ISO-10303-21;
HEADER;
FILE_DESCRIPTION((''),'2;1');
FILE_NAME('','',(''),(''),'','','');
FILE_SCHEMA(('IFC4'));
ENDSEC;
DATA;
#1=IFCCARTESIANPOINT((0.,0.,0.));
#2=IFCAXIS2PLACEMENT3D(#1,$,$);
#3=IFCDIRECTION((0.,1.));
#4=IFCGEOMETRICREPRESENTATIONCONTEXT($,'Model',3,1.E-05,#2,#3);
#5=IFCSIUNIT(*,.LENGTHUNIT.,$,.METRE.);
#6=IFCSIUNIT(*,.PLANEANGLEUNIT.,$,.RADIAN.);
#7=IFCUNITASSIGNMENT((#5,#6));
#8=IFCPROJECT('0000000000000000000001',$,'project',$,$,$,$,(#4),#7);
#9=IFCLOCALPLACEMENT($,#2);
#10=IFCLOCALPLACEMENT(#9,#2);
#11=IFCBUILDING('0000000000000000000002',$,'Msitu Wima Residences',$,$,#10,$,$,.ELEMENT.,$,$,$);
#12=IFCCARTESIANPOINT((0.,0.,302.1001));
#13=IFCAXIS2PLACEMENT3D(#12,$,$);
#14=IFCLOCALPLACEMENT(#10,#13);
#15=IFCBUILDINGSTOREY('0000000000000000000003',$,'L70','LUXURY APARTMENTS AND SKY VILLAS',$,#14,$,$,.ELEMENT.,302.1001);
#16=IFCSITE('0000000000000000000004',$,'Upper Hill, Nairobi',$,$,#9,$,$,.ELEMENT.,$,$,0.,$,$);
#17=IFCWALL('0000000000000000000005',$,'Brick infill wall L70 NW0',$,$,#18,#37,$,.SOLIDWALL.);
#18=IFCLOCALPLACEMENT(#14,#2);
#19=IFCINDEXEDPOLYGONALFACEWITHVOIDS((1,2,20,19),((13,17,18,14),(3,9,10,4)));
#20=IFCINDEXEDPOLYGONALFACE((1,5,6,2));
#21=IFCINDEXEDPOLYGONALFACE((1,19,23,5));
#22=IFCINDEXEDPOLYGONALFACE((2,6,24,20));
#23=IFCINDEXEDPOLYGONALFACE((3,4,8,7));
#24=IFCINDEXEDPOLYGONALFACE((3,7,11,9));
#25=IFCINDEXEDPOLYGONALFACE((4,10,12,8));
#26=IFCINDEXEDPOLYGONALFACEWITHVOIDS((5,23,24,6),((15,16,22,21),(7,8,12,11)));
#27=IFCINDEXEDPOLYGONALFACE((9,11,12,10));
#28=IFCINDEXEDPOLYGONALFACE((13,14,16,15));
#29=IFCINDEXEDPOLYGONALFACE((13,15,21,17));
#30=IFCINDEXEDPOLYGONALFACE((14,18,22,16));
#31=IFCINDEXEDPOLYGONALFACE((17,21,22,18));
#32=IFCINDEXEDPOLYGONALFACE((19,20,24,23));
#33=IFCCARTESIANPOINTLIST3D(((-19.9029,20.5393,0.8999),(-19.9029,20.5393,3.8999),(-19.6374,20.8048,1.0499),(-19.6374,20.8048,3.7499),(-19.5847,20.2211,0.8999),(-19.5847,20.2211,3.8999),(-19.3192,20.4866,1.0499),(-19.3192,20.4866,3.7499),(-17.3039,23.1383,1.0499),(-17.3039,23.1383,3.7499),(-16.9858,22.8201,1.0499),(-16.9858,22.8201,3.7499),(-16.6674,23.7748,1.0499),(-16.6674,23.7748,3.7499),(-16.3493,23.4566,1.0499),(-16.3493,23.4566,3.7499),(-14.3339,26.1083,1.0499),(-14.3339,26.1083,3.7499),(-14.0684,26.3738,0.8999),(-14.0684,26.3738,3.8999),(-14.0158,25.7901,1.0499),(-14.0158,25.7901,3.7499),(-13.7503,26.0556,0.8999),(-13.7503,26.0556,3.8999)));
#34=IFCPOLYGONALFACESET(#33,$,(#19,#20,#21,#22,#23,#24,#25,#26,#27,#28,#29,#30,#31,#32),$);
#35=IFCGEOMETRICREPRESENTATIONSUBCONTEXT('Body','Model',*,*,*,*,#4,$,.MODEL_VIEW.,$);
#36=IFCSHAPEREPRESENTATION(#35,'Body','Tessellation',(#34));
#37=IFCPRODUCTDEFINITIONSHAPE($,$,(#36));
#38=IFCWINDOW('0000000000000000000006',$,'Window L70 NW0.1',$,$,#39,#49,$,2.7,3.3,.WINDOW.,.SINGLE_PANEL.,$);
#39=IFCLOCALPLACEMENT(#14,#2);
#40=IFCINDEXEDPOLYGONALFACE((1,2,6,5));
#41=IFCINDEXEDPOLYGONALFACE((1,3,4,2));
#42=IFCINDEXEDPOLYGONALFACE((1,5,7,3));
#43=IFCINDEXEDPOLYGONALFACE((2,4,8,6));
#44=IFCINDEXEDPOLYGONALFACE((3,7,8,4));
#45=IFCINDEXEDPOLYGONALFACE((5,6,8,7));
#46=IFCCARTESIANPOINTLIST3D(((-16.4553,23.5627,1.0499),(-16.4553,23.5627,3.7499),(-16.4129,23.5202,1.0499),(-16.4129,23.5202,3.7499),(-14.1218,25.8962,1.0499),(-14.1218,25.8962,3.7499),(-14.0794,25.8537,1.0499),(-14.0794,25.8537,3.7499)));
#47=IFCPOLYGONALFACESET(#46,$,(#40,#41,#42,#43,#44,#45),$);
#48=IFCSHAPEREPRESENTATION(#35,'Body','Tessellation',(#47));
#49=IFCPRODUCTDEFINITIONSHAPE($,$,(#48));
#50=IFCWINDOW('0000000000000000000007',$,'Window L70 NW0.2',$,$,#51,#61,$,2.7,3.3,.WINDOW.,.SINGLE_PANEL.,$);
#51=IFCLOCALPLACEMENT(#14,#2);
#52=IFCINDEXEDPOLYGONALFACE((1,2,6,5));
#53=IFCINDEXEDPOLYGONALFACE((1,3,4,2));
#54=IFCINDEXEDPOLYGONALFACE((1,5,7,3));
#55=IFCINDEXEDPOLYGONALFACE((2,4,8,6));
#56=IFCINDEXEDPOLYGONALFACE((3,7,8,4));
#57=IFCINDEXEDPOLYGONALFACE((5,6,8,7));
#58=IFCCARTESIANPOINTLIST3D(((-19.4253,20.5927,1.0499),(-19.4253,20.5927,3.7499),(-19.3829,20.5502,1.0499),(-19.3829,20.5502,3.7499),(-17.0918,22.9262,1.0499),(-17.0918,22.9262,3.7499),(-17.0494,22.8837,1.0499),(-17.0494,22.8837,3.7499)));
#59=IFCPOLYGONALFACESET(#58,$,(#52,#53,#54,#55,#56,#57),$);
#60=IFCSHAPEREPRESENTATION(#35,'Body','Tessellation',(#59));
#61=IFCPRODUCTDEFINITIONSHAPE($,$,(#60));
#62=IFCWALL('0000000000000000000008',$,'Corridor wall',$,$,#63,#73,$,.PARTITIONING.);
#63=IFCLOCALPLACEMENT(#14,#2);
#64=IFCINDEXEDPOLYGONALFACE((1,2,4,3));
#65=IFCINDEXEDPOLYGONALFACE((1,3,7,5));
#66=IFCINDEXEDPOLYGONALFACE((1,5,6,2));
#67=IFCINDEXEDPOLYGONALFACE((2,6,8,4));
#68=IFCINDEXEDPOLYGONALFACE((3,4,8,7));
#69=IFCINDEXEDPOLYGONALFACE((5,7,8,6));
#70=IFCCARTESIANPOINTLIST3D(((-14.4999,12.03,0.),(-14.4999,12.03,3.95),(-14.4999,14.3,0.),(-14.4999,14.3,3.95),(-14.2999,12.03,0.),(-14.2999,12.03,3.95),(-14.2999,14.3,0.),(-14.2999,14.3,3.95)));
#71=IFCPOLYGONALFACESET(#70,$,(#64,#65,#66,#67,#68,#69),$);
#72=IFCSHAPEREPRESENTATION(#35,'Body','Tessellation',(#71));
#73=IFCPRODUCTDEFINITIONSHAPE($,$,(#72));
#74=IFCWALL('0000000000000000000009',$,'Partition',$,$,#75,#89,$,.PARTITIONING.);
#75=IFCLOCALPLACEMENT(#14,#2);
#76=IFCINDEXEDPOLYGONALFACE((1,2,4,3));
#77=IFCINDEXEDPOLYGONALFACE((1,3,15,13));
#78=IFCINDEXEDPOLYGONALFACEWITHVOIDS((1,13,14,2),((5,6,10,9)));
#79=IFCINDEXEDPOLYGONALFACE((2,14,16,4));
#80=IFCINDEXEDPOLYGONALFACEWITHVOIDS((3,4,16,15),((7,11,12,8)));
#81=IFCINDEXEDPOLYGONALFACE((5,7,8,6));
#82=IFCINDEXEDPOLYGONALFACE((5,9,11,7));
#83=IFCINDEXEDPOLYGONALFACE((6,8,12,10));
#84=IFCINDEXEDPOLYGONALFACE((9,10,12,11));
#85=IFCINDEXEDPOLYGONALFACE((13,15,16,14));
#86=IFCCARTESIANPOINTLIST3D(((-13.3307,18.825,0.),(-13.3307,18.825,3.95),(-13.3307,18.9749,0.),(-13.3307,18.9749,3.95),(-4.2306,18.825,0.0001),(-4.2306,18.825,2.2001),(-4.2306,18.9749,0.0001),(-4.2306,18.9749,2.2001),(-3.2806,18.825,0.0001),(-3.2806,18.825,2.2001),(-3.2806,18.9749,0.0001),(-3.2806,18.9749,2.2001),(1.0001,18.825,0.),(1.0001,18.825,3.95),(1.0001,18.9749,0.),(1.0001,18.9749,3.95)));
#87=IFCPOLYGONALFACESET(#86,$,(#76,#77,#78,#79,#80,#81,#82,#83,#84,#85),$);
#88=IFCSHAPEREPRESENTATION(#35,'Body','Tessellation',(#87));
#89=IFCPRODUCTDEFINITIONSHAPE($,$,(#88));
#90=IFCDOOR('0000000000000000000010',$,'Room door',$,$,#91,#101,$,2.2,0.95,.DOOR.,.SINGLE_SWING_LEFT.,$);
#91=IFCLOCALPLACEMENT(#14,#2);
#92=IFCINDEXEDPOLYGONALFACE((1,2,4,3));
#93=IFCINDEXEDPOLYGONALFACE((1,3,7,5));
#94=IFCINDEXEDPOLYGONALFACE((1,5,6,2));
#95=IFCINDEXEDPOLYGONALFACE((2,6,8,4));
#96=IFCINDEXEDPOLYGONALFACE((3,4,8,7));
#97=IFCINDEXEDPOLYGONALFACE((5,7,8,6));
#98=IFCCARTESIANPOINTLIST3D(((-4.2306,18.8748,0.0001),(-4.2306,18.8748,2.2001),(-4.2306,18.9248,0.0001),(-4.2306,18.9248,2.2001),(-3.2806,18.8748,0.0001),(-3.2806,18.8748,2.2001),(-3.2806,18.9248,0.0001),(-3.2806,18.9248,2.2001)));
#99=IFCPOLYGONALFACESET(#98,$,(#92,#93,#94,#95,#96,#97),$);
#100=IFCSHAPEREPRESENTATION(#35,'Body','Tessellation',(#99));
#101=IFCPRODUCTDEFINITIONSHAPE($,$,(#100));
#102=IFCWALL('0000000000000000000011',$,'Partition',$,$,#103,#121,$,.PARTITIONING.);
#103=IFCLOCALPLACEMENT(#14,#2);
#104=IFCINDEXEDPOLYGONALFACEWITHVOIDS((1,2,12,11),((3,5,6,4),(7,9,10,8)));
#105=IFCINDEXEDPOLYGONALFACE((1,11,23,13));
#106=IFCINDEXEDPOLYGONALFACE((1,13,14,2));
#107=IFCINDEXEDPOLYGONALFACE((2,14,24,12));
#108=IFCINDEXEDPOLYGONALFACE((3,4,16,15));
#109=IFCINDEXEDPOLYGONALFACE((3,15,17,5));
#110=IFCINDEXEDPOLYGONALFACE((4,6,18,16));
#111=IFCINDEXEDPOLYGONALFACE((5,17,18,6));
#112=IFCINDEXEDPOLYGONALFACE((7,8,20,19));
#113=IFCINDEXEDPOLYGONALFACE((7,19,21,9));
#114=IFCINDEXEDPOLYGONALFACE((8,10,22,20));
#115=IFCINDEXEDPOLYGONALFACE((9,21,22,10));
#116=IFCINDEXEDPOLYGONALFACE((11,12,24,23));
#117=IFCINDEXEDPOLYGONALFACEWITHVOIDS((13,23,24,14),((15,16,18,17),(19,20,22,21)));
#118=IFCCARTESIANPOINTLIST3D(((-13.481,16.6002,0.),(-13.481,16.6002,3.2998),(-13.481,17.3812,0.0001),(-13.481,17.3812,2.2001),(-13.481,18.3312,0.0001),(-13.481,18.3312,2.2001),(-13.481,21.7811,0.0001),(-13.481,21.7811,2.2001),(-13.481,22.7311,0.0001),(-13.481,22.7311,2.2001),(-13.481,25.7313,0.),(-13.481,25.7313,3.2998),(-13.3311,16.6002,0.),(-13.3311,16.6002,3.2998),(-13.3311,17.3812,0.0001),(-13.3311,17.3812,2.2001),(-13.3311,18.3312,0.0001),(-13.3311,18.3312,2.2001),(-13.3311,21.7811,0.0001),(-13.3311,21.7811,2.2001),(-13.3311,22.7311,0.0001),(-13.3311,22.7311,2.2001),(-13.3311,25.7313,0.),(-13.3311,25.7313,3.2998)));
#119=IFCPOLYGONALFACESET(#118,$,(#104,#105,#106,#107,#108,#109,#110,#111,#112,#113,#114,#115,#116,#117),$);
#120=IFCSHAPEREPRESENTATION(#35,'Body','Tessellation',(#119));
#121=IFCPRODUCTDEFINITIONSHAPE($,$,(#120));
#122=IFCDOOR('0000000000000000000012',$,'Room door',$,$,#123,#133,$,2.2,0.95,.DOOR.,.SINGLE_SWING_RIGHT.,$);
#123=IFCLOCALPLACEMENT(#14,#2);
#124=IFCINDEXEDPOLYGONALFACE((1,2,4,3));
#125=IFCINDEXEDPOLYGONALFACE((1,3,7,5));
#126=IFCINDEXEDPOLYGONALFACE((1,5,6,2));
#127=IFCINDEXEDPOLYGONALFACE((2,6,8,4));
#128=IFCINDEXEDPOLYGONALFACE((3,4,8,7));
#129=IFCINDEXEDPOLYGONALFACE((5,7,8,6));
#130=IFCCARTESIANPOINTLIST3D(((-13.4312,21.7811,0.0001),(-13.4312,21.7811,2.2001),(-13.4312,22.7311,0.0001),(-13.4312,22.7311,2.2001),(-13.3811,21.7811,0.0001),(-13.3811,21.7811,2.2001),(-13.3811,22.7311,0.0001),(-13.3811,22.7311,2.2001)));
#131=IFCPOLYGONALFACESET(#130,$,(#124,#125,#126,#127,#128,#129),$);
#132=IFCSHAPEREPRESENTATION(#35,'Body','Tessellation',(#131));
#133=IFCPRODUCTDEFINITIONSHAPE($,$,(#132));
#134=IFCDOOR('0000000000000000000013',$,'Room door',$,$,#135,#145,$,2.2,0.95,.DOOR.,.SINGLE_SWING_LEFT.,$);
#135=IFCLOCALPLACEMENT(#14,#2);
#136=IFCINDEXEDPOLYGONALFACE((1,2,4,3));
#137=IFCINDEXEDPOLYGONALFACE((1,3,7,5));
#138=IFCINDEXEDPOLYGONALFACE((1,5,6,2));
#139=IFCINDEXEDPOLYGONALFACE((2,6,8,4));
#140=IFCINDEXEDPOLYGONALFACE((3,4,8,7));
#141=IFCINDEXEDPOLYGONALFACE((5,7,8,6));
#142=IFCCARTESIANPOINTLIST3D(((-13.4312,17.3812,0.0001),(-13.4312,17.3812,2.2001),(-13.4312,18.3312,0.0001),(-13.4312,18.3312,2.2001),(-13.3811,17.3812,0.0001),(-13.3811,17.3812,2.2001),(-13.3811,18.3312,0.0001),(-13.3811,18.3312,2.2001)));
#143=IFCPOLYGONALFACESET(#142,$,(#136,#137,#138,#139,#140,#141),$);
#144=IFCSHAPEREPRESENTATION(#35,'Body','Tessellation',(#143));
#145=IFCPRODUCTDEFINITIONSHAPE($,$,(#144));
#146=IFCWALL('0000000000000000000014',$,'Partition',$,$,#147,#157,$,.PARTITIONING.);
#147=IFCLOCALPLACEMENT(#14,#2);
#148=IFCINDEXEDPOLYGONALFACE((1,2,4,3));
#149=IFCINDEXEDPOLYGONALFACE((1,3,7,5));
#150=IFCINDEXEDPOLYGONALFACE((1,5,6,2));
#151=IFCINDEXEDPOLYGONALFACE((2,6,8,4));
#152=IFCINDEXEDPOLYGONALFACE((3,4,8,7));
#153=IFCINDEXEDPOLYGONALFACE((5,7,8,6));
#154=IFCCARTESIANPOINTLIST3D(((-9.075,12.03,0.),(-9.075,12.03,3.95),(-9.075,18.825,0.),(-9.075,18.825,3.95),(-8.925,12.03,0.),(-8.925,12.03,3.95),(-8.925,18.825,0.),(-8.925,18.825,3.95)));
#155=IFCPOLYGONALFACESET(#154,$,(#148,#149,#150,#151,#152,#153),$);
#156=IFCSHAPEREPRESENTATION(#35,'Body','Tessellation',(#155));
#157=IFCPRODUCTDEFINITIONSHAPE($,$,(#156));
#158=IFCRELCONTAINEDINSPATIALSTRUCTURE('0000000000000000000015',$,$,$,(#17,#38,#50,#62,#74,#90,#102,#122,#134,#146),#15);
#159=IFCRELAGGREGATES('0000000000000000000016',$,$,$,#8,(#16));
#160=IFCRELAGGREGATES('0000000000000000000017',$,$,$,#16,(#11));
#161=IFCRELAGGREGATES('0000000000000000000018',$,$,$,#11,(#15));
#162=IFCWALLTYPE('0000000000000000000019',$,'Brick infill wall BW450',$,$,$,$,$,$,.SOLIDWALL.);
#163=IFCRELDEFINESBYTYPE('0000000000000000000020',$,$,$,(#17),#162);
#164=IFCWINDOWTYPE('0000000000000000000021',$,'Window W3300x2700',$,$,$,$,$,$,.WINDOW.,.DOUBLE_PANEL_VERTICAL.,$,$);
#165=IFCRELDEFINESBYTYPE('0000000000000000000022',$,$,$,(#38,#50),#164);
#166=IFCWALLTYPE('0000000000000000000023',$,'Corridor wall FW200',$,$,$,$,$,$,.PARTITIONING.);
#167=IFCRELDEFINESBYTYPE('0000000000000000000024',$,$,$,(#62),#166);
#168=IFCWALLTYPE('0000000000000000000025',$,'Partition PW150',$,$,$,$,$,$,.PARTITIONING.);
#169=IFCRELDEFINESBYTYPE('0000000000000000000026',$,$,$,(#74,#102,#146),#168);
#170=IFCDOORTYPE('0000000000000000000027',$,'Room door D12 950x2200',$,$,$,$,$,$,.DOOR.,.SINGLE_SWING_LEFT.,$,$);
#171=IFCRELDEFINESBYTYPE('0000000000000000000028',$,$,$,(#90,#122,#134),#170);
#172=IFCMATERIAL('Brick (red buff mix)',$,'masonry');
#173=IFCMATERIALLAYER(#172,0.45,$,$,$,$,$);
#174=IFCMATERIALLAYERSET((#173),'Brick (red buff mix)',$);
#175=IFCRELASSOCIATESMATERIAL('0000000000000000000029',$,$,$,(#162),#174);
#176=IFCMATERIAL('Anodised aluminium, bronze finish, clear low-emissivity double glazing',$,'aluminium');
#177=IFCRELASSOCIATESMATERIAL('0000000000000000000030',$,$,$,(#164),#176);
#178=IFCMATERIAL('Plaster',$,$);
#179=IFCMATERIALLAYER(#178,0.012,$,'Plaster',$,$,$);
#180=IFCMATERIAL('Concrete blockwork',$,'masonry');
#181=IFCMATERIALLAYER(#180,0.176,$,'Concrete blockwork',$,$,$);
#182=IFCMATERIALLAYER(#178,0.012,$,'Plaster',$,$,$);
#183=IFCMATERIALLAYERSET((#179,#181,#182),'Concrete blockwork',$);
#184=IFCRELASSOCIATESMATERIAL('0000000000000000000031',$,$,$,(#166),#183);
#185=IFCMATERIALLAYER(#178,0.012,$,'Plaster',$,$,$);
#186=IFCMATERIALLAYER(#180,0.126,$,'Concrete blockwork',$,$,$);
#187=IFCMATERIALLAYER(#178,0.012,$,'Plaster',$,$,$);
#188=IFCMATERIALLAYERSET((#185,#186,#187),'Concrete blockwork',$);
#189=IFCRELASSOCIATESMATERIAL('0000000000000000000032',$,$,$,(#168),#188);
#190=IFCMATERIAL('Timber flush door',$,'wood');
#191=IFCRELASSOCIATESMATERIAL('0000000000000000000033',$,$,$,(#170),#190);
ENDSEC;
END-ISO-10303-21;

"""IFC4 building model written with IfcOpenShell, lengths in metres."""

from ifc_helpers import new_model, si_unit, direction, frame, frame_2d, origin, place, context, subcontext, project, spatial, rectangle, extrude, material, layer, layer_set, type_object, element, fill, save


model = new_model("IFC4")

# Units and contexts
model_context = context("Model", 3, precision=1e-05, world=origin(), true_north=direction((0.0, 1.0)))
body_context = subcontext(model_context, "Body", "Model", "MODEL_VIEW")
ifc_project = project(units=[si_unit("LENGTHUNIT", "METRE"), si_unit("PLANEANGLEUNIT", "RADIAN")], contexts=[model_context])

# Site, building, storey
site_placement = place(None, origin())
site = spatial("IfcSite", under=ifc_project, at=site_placement, Name="Upper Hill, Nairobi", CompositionType="ELEMENT", RefElevation=0.0)
building_placement = place(site_placement, origin())
building = spatial("IfcBuilding", under=site, at=building_placement, Name="Msitu Wima Residences", CompositionType="ELEMENT")
storey_placement = place(building_placement, frame((0.0, 0.0, 302.1001)))
storey = spatial("IfcBuildingStorey", under=building, at=storey_placement, Name="L70", Description="LUXURY APARTMENTS AND SKY VILLAS", CompositionType="ELEMENT", Elevation=302.1001)

# Wall, openings, windows
ifc_material_1 = material(Name="Brick (red buff mix)", Category="masonry")
ifc_layer_1 = layer(ifc_material_1, 0.45)
ifc_layer_set_1 = layer_set([ifc_layer_1], Name="Brick (red buff mix)")
wall_type_1 = type_object("IfcWallType", Name="Brick infill wall BW450", PredefinedType="SOLIDWALL", material=ifc_layer_set_1)
ifc_material_2 = material(Name="Anodised aluminium, bronze finish, clear low-emissivity double glazing", Category="aluminium")
window_type = type_object("IfcWindowType", Name="Window W3300x2700", PartitioningType="DOUBLE_PANEL_VERTICAL", PredefinedType="WINDOW", material=ifc_material_2)
wall_1_placement = place(storey_placement, frame((-13.9094, 26.2146, 0.8999), z_axis=(0.0, 0.0, 1.0), x_axis=(-0.707107, -0.707107, 0.0)))
wall_1 = element("IfcWall", 1, at=wall_1_placement, inside=storey, type_object=wall_type_1, Name="Brick infill wall L70 NW0", PredefinedType="SOLIDWALL", context=body_context, shape_type="SweptSolid", body=[
    extrude(rectangle(XDim=8.2512, YDim=0.45, at=frame_2d((4.1255, 0.0))), origin(), (0.0, 0.0, 1.0), 3.0),
])
opening_1_placement = place(wall_1_placement, frame((0.3755, 0.0, 0.1499)))
opening_1 = element("IfcOpeningElement", 2, at=opening_1_placement, cuts=wall_1, PredefinedType="OPENING", context=body_context, shape_type="SweptSolid", body=[
    extrude(rectangle(XDim=3.3, YDim=2.7, at=frame_2d((1.6499, 1.3501))), frame((0.0, 0.2349, 0.0), z_axis=(0.0, -1.0, 0.0), x_axis=(1.0, 0.0, 0.0)), (0.0, 0.0, 1.0), 0.47),
])
opening_2_placement = place(wall_1_placement, frame((4.5757, 0.0, 0.1499)))
opening_2 = element("IfcOpeningElement", 3, at=opening_2_placement, cuts=wall_1, PredefinedType="OPENING", context=body_context, shape_type="SweptSolid", body=[
    extrude(rectangle(XDim=3.3, YDim=2.7, at=frame_2d((1.6499, 1.3501))), frame((0.0, 0.2349, 0.0), z_axis=(0.0, -1.0, 0.0), x_axis=(1.0, 0.0, 0.0)), (0.0, 0.0, 1.0), 0.47),
])
window_1_placement = place(opening_1_placement, origin())
window_1 = element("IfcWindow", 4, at=window_1_placement, inside=storey, type_object=window_type, Name="Window L70 NW0.1", OverallHeight=2.7, OverallWidth=3.3, PartitioningType="SINGLE_PANEL", PredefinedType="WINDOW", context=body_context, shape_type="SweptSolid", body=[
    extrude(rectangle(XDim=3.3, YDim=2.7, at=frame_2d((1.6499, 1.3501))), frame((0.0, 0.135, 0.0), z_axis=(0.0, -1.0, 0.0), x_axis=(1.0, 0.0, 0.0)), (0.0, 0.0, 1.0), 0.0601),
])
fill(opening_1, window_1)
window_2_placement = place(opening_2_placement, origin())
window_2 = element("IfcWindow", 5, at=window_2_placement, inside=storey, type_object=window_type, Name="Window L70 NW0.2", OverallHeight=2.7, OverallWidth=3.3, PartitioningType="SINGLE_PANEL", PredefinedType="WINDOW", context=body_context, shape_type="SweptSolid", body=[
    extrude(rectangle(XDim=3.3, YDim=2.7, at=frame_2d((1.6499, 1.3501))), frame((0.0, 0.135, 0.0), z_axis=(0.0, -1.0, 0.0), x_axis=(1.0, 0.0, 0.0)), (0.0, 0.0, 1.0), 0.0601),
])
fill(opening_2, window_2)

# Wall
ifc_material_3 = material(Name="Plaster")
ifc_layer_2 = layer(ifc_material_3, 0.012, Name="Plaster")
ifc_material_4 = material(Name="Concrete blockwork", Category="masonry")
ifc_layer_3 = layer(ifc_material_4, 0.176, Name="Concrete blockwork")
ifc_layer_4 = layer(ifc_material_3, 0.012, Name="Plaster")
ifc_layer_set_2 = layer_set([ifc_layer_2, ifc_layer_3, ifc_layer_4], Name="Concrete blockwork")
wall_type_2 = type_object("IfcWallType", Name="Corridor wall FW200", PredefinedType="PARTITIONING", material=ifc_layer_set_2)
wall_2_placement = place(storey_placement, frame((-14.3999, 12.03, 0.0), z_axis=(0.0, 0.0, 1.0), x_axis=(0.0, 1.0, 0.0)))
element("IfcWall", 6, at=wall_2_placement, inside=storey, type_object=wall_type_2, Name="Corridor wall", PredefinedType="PARTITIONING", context=body_context, shape_type="SweptSolid", body=[
    extrude(rectangle(XDim=2.27, YDim=0.2, at=frame_2d((1.135, 0.0))), origin(), (0.0, 0.0, 1.0), 3.95),
])

# Wall, opening, door
ifc_layer_5 = layer(ifc_material_3, 0.012, Name="Plaster")
ifc_layer_6 = layer(ifc_material_4, 0.126, Name="Concrete blockwork")
ifc_layer_7 = layer(ifc_material_3, 0.012, Name="Plaster")
ifc_layer_set_3 = layer_set([ifc_layer_5, ifc_layer_6, ifc_layer_7], Name="Concrete blockwork")
wall_type_3 = type_object("IfcWallType", Name="Partition PW150", PredefinedType="PARTITIONING", material=ifc_layer_set_3)
wall_3_placement = place(storey_placement, frame((-13.3308, 18.8999, 0.0), z_axis=(0.0, 0.0, 1.0), x_axis=(1.0, 0.0, 0.0)))
wall_3 = element("IfcWall", 7, at=wall_3_placement, inside=storey, type_object=wall_type_3, Name="Partition", PredefinedType="PARTITIONING", context=body_context, shape_type="SweptSolid", body=[
    extrude(rectangle(XDim=14.3308, YDim=0.1499, at=frame_2d((7.1655, 0.0))), origin(), (0.0, 0.0, 1.0), 3.95),
])
opening_3_placement = place(wall_3_placement, frame((9.1001, 0.0, 0.0)))
opening_3 = element("IfcOpeningElement", 8, at=opening_3_placement, cuts=wall_3, PredefinedType="OPENING", context=body_context, shape_type="SweptSolid", body=[
    extrude(rectangle(XDim=0.95, YDim=2.2, at=frame_2d((0.4751, 1.1001))), frame((0.0, 0.085, 0.0), z_axis=(0.0, -1.0, 0.0), x_axis=(1.0, 0.0, 0.0)), (0.0, 0.0, 1.0), 0.1699),
])
ifc_material_5 = material(Name="Timber flush door", Category="wood")
door_type_1 = type_object("IfcDoorType", Name="Room door D12 950x2200", OperationType="SINGLE_SWING_LEFT", PredefinedType="DOOR", material=ifc_material_5)
door_1_placement = place(opening_3_placement, origin())
door_1 = element("IfcDoor", 9, at=door_1_placement, inside=storey, type_object=door_type_1, Name="Room door", OperationType="SINGLE_SWING_LEFT", OverallHeight=2.2, OverallWidth=0.95, PredefinedType="DOOR", context=body_context, shape_type="SweptSolid", body=[
    extrude(rectangle(XDim=0.95, YDim=2.2, at=frame_2d((0.4751, 1.1001))), frame((0.0, 0.0249, 0.0), z_axis=(0.0, -1.0, 0.0), x_axis=(1.0, 0.0, 0.0)), (0.0, 0.0, 1.0), 0.05),
])
fill(opening_3, door_1)

# Wall, openings, doors
wall_4_placement = place(storey_placement, frame((-13.406, 25.7312, 0.0), z_axis=(0.0, 0.0, 1.0), x_axis=(0.0, -1.0, 0.0)))
wall_4 = element("IfcWall", 10, at=wall_4_placement, inside=storey, type_object=wall_type_3, Name="Partition", PredefinedType="PARTITIONING", context=body_context, shape_type="SweptSolid", body=[
    extrude(rectangle(XDim=9.1311, YDim=0.1499, at=frame_2d((4.5654, 0.0))), origin(), (0.0, 0.0, 1.0), 3.2998),
])
opening_4_placement = place(wall_4_placement, frame((3.0, 0.0, 0.0)))
opening_4 = element("IfcOpeningElement", 11, at=opening_4_placement, cuts=wall_4, PredefinedType="OPENING", context=body_context, shape_type="SweptSolid", body=[
    extrude(rectangle(XDim=0.95, YDim=2.2, at=frame_2d((0.4751, 1.1001))), frame((0.0, 0.085, 0.0), z_axis=(0.0, -1.0, 0.0), x_axis=(1.0, 0.0, 0.0)), (0.0, 0.0, 1.0), 0.1699),
])
opening_5_placement = place(wall_4_placement, frame((7.3999, 0.0, 0.0)))
opening_5 = element("IfcOpeningElement", 12, at=opening_5_placement, cuts=wall_4, PredefinedType="OPENING", context=body_context, shape_type="SweptSolid", body=[
    extrude(rectangle(XDim=0.95, YDim=2.2, at=frame_2d((0.4751, 1.1001))), frame((0.0, 0.085, 0.0), z_axis=(0.0, -1.0, 0.0), x_axis=(1.0, 0.0, 0.0)), (0.0, 0.0, 1.0), 0.1699),
])
door_2_placement = place(opening_4_placement, origin())
door_2 = element("IfcDoor", 13, at=door_2_placement, inside=storey, type_object=door_type_1, Name="Room door", OperationType="SINGLE_SWING_RIGHT", OverallHeight=2.2, OverallWidth=0.95, PredefinedType="DOOR", context=body_context, shape_type="SweptSolid", body=[
    extrude(rectangle(XDim=0.95, YDim=2.2, at=frame_2d((0.4751, 1.1001))), frame((0.0, 0.0249, 0.0), z_axis=(0.0, -1.0, 0.0), x_axis=(1.0, 0.0, 0.0)), (0.0, 0.0, 1.0), 0.05),
])
fill(opening_4, door_2)
door_3_placement = place(opening_5_placement, origin())
door_3 = element("IfcDoor", 14, at=door_3_placement, inside=storey, type_object=door_type_1, Name="Room door", OperationType="SINGLE_SWING_LEFT", OverallHeight=2.2, OverallWidth=0.95, PredefinedType="DOOR", context=body_context, shape_type="SweptSolid", body=[
    extrude(rectangle(XDim=0.95, YDim=2.2, at=frame_2d((0.4751, 1.1001))), frame((0.0, 0.0249, 0.0), z_axis=(0.0, -1.0, 0.0), x_axis=(1.0, 0.0, 0.0)), (0.0, 0.0, 1.0), 0.05),
])
fill(opening_5, door_3)

# Wall
wall_5_placement = place(storey_placement, frame((-9.0, 12.03, 0.0), z_axis=(0.0, 0.0, 1.0), x_axis=(0.0, 1.0, 0.0)))
element("IfcWall", 15, at=wall_5_placement, inside=storey, type_object=wall_type_3, Name="Partition", PredefinedType="PARTITIONING", context=body_context, shape_type="SweptSolid", body=[
    extrude(rectangle(XDim=6.7949, YDim=0.1499, at=frame_2d((3.3975, 0.0))), origin(), (0.0, 0.0, 1.0), 3.95),
])

save(model, "model.ifc")
